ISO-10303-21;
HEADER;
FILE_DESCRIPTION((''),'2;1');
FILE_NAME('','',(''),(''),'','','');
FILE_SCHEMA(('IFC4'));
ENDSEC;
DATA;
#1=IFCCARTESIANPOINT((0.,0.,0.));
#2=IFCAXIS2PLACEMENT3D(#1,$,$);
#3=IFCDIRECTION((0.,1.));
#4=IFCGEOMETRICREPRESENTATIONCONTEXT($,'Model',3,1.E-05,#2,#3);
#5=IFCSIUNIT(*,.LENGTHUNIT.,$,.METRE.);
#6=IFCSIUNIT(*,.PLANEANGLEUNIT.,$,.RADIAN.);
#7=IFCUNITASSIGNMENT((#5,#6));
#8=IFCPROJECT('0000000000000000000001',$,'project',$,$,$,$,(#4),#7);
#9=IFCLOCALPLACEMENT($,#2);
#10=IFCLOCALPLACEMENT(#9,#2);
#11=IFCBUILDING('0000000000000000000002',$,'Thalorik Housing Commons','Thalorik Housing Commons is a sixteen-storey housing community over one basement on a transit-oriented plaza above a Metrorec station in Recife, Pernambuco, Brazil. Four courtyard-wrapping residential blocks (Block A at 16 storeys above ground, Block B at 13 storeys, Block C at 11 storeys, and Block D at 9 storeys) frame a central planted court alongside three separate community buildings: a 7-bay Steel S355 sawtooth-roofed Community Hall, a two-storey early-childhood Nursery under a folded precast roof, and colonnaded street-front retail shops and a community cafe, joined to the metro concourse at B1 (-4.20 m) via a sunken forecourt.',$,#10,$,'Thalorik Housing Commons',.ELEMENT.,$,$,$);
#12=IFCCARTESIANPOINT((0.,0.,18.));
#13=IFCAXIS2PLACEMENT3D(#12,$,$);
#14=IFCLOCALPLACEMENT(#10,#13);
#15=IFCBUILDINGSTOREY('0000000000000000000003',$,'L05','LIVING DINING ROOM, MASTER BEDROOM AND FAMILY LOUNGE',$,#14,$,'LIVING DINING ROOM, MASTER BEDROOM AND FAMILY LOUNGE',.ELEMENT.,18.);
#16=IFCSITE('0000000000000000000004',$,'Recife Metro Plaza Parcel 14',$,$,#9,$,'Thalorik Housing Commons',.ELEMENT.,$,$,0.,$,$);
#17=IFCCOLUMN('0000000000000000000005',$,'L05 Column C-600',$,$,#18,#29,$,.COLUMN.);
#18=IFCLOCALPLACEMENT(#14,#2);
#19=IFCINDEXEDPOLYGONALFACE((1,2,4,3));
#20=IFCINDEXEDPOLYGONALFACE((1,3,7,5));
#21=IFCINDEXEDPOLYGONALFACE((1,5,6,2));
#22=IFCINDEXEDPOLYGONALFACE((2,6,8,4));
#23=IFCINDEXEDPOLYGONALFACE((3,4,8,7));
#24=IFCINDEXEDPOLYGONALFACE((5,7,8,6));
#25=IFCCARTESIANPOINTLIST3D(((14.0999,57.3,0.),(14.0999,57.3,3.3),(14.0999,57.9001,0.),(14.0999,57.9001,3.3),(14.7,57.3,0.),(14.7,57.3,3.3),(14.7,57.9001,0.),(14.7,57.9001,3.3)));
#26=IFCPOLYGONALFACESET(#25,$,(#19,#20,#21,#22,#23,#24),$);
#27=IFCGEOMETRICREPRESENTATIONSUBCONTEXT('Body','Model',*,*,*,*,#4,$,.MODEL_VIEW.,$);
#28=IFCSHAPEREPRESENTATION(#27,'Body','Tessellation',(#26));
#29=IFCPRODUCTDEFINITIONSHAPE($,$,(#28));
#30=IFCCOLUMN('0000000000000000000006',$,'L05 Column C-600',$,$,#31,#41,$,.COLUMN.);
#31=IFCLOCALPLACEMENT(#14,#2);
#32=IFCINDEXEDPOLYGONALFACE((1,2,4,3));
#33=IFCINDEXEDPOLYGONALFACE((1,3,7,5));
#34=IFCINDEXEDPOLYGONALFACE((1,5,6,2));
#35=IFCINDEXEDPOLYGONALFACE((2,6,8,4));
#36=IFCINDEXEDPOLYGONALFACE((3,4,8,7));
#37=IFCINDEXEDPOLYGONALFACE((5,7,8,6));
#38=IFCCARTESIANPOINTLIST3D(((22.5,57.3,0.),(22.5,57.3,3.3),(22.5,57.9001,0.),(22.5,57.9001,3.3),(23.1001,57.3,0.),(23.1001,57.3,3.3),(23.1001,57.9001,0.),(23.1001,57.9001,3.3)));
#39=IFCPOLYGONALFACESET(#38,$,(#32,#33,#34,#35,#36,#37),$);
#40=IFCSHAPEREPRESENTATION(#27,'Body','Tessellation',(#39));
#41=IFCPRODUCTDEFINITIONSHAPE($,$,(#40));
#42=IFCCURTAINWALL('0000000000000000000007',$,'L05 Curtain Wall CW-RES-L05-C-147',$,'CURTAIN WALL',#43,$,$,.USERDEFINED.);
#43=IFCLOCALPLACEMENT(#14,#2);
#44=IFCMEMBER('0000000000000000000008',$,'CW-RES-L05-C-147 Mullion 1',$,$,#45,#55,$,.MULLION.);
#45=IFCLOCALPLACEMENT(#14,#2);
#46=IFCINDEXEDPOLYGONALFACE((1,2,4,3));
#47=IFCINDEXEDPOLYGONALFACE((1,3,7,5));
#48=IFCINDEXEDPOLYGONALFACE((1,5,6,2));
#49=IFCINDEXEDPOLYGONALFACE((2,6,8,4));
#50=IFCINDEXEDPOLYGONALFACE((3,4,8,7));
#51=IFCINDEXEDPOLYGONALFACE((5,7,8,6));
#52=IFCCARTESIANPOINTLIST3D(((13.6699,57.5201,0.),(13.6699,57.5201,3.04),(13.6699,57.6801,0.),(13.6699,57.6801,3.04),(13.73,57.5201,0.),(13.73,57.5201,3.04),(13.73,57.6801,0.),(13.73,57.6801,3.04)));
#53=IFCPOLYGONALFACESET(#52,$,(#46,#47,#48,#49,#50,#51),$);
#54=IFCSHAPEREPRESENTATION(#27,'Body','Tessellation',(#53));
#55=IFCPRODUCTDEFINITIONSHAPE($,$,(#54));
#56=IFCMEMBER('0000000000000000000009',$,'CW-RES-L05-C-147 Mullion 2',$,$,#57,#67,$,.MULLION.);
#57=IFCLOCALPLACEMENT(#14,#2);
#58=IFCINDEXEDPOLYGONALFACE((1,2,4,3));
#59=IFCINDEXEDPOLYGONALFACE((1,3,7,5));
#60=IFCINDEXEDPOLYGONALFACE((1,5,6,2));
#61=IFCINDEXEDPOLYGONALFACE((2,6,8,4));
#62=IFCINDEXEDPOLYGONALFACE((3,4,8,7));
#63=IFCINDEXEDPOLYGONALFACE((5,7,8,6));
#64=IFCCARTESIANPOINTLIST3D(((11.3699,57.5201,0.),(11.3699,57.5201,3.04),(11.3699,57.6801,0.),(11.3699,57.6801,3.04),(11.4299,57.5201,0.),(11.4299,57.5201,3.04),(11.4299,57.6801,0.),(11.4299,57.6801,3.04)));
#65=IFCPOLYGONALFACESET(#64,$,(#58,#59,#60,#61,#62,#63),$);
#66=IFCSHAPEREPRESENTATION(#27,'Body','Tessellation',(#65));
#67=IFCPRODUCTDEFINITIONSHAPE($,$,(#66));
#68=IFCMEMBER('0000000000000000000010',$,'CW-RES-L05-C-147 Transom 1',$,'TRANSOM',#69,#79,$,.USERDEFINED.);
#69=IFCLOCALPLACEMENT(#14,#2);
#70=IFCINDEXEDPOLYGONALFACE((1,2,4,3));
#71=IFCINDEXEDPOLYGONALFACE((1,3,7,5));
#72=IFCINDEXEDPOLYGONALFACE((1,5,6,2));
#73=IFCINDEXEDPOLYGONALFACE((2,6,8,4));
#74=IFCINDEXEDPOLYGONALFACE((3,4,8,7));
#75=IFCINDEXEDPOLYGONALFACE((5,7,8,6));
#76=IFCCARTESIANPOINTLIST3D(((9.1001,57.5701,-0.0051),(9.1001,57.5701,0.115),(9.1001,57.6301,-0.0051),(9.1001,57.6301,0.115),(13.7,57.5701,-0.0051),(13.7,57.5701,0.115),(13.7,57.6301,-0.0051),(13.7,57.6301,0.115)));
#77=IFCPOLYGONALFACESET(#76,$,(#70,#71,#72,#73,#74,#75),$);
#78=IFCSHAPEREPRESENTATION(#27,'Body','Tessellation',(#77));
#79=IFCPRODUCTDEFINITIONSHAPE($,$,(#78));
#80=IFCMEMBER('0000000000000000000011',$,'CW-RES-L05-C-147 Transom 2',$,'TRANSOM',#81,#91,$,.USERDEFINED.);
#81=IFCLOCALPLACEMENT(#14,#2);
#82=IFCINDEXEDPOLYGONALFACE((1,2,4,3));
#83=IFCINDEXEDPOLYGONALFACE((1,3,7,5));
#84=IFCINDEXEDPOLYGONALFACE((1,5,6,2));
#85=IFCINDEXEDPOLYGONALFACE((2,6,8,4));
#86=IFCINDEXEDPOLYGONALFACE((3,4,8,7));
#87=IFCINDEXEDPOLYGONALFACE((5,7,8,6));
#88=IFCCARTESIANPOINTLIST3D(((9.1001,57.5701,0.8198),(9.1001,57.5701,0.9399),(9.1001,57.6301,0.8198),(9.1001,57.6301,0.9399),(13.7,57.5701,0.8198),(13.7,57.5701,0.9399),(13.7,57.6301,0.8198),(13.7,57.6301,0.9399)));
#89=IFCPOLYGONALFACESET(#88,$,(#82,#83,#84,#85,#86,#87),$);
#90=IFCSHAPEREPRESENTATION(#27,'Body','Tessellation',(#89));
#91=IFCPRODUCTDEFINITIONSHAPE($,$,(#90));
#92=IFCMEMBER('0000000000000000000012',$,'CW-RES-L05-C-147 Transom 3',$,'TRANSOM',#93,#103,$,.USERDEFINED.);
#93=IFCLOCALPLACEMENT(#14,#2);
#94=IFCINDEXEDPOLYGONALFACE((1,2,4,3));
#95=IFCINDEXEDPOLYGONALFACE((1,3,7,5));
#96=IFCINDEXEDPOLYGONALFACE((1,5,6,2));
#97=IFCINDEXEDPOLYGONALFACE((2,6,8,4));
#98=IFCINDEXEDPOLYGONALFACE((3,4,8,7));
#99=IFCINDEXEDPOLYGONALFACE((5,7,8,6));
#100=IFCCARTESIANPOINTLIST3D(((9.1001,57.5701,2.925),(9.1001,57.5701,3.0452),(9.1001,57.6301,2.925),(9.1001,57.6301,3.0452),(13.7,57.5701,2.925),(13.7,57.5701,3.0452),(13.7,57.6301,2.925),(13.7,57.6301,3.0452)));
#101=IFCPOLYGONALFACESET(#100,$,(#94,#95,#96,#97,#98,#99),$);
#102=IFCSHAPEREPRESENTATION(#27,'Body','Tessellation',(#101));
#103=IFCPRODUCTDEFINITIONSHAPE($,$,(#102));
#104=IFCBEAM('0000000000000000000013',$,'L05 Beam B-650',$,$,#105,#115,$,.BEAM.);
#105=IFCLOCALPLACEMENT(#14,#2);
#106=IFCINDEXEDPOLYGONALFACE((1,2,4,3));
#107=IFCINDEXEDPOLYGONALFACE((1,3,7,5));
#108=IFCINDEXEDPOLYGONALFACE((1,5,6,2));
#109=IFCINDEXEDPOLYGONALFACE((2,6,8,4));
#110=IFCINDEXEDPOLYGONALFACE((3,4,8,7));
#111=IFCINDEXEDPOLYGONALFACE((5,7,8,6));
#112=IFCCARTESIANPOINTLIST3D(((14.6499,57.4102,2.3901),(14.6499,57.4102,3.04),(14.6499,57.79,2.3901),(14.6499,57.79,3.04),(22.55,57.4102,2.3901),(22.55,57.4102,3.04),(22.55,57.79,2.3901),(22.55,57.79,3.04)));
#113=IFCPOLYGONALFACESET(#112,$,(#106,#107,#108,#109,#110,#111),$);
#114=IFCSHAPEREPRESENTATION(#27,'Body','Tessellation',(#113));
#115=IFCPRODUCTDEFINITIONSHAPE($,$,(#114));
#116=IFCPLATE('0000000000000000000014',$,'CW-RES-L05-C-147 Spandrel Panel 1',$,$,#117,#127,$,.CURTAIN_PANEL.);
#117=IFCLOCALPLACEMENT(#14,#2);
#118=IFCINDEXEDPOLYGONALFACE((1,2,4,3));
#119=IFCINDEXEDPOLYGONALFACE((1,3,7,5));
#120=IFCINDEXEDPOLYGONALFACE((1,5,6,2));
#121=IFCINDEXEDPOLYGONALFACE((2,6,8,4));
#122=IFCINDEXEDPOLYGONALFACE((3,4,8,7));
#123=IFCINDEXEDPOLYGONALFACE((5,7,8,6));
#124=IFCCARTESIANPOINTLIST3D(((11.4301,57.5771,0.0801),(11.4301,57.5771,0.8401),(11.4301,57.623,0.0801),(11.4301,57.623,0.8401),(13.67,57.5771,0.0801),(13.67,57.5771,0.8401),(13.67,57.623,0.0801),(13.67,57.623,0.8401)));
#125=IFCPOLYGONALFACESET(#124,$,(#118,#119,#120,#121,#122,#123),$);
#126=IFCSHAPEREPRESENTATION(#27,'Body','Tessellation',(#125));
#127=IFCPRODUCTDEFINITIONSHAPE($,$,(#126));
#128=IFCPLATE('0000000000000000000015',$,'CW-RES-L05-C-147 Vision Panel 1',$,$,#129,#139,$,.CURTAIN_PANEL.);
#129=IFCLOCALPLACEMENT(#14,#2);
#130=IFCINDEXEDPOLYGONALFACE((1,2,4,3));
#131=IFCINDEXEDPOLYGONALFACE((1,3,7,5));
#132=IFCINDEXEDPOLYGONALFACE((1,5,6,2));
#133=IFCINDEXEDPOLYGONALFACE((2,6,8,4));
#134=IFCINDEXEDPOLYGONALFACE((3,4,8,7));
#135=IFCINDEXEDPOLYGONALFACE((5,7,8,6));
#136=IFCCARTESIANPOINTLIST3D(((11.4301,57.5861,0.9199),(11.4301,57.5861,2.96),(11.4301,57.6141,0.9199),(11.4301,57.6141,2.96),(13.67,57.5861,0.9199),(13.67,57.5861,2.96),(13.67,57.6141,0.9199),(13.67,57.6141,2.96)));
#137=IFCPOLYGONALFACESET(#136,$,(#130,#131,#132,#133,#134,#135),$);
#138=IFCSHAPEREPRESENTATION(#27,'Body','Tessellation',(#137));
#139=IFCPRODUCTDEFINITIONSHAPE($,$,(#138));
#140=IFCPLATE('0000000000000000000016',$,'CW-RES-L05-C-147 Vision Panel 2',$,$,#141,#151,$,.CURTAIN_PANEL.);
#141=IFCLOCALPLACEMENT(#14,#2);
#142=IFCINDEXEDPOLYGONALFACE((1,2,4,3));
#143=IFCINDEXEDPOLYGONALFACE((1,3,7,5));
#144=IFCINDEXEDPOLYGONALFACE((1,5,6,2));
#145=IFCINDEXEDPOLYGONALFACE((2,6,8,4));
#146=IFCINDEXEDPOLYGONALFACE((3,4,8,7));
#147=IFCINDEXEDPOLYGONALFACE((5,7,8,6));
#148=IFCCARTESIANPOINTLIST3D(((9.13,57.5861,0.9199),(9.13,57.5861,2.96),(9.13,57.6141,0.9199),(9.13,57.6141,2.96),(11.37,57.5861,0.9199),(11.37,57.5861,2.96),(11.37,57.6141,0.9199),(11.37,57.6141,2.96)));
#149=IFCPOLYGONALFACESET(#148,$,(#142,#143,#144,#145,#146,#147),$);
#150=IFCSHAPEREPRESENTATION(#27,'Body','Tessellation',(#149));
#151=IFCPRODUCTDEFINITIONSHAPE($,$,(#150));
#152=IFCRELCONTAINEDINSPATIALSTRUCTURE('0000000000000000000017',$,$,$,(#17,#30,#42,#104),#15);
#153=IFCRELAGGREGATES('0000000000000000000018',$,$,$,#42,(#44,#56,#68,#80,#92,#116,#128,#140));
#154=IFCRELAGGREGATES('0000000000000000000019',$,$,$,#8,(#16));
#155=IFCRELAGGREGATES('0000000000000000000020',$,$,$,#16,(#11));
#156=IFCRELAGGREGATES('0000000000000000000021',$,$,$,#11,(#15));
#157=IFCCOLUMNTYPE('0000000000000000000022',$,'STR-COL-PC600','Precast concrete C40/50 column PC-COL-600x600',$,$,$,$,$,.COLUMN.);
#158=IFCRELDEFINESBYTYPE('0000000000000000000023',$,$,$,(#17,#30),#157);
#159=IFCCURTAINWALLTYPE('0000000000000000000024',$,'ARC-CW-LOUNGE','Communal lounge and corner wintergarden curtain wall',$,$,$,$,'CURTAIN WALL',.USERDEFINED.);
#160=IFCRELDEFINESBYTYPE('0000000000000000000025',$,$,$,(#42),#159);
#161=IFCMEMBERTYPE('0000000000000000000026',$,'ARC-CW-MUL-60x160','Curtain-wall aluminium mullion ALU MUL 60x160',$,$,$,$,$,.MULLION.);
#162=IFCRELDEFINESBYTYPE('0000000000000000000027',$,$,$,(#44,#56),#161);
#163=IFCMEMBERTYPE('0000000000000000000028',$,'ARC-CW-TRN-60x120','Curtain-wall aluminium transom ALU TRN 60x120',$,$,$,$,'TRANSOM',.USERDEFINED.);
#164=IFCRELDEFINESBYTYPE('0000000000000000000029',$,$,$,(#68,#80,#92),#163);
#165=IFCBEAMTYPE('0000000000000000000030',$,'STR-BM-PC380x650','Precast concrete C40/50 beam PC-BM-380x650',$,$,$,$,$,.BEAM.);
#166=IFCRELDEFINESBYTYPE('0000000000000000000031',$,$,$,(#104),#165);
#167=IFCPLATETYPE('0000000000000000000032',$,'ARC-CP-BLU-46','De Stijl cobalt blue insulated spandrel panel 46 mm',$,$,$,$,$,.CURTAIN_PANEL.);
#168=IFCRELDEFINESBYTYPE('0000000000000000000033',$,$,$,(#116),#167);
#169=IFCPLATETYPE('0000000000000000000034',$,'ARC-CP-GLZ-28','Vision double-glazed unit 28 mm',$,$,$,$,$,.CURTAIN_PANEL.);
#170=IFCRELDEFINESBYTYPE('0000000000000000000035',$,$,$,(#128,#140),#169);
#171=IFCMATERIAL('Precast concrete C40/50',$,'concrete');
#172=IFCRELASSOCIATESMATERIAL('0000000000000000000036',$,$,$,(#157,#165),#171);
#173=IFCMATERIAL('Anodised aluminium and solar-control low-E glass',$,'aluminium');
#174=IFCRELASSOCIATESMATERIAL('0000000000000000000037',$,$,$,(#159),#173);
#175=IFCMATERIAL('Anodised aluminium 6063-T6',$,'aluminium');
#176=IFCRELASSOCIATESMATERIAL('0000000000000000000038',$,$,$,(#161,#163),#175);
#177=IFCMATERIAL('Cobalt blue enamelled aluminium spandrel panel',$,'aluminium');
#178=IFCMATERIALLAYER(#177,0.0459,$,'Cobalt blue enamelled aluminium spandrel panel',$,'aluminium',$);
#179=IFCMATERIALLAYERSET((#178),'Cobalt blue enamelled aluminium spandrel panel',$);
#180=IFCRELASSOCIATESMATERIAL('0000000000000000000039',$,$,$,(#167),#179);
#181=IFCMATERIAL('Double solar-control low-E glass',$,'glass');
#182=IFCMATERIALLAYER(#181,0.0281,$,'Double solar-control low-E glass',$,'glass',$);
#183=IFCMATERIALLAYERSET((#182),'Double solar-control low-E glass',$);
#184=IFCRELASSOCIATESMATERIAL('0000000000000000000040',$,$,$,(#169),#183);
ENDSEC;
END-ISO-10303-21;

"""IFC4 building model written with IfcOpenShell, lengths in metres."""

from ifc_helpers import new_model, si_unit, direction, frame, origin, origin_2d, place, context, subcontext, project, spatial, rectangle, extrude, material, layer, layer_set, material_profile, profile_set, type_object, element, aggregate, save


model = new_model("IFC4")

# Units and contexts
model_context = context("Model", 3, precision=1e-05, world=origin(), true_north=direction((0.0, 1.0)))
body_context = subcontext(model_context, "Body", "Model", "MODEL_VIEW")
ifc_project = project(units=[si_unit("LENGTHUNIT", "METRE"), si_unit("PLANEANGLEUNIT", "RADIAN")], contexts=[model_context])

# Site, building, storey
site_placement = place(None, origin())
site = spatial("IfcSite", under=ifc_project, at=site_placement, Name="Recife Metro Plaza Parcel 14", LongName="Thalorik Housing Commons", CompositionType="ELEMENT", RefElevation=0.0)
building_placement = place(site_placement, origin())
building = spatial("IfcBuilding", under=site, at=building_placement, Name="Thalorik Housing Commons", Description="Thalorik Housing Commons is a sixteen-storey housing community over one basement on a transit-oriented plaza above a Metrorec station in Recife, Pernambuco, Brazil. Four courtyard-wrapping residential blocks (Block A at 16 storeys above ground, Block B at 13 storeys, Block C at 11 storeys, and Block D at 9 storeys) frame a central planted court alongside three separate community buildings: a 7-bay Steel S355 sawtooth-roofed Community Hall, a two-storey early-childhood Nursery under a folded precast roof, and colonnaded street-front retail shops and a community cafe, joined to the metro concourse at B1 (-4.20 m) via a sunken forecourt.", LongName="Thalorik Housing Commons", CompositionType="ELEMENT")
storey_placement = place(building_placement, frame((0.0, 0.0, 18.0)))
storey = spatial("IfcBuildingStorey", under=building, at=storey_placement, Name="L05", Description="LIVING DINING ROOM, MASTER BEDROOM AND FAMILY LOUNGE", LongName="LIVING DINING ROOM, MASTER BEDROOM AND FAMILY LOUNGE", CompositionType="ELEMENT", Elevation=18.0)

# Columns
ifc_material_1 = material(Name="Precast concrete C40/50", Category="concrete")
ifc_material_profile_1 = material_profile(ifc_material_1, rectangle(XDim=0.6001, YDim=0.6001, at=origin_2d()), Name="PC 600x600", Category="concrete")
ifc_profile_set_1 = profile_set([ifc_material_profile_1], Name="Precast concrete C40/50")
column_type = type_object("IfcColumnType", Name="STR-COL-PC600", Description="Precast concrete C40/50 column PC-COL-600x600", PredefinedType="COLUMN", material=ifc_profile_set_1)
for number, where, z_axis, x_axis, name in (
    (1, (14.3999, 57.6001, 0.0), (0.0, 0.0, 1.0), (1.0, 0.0, 0.0), "L05 Column C-600"),
    (2, (22.8, 57.6001, 0.0), (0.0, 0.0, 1.0), (1.0, 0.0, 0.0), "L05 Column C-600"),
):
    element("IfcColumn", number, at=place(storey_placement, frame(where, z_axis=z_axis, x_axis=x_axis)), inside=storey, type_object=column_type, Name=name, PredefinedType="COLUMN", context=body_context, shape_type="SweptSolid", body=[
        extrude(rectangle(XDim=0.6001, YDim=0.6001, at=origin_2d()), origin(), (0.0, 0.0, 1.0), 3.3),
    ])

# Curtain wall, members
ifc_material_2 = material(Name="Anodised aluminium and solar-control low-E glass", Category="aluminium")
curtain_wall_type = type_object("IfcCurtainWallType", Name="ARC-CW-LOUNGE", Description="Communal lounge and corner wintergarden curtain wall", ElementType="CURTAIN WALL", PredefinedType="USERDEFINED", material=ifc_material_2)
curtain_wall_placement = place(storey_placement, origin())
curtain_wall = element("IfcCurtainWall", 3, at=curtain_wall_placement, inside=storey, type_object=curtain_wall_type, Name="L05 Curtain Wall CW-RES-L05-C-147", ObjectType="CURTAIN WALL", PredefinedType="USERDEFINED")
ifc_material_3 = material(Name="Anodised aluminium 6063-T6", Category="aluminium")
ifc_material_profile_2 = material_profile(ifc_material_3, rectangle(XDim=0.0601, YDim=0.1599, at=origin_2d()), Name="ALU MUL 60x160", Category="aluminium")
ifc_profile_set_2 = profile_set([ifc_material_profile_2], Name="Anodised aluminium 6063-T6")
member_type_1 = type_object("IfcMemberType", Name="ARC-CW-MUL-60x160", Description="Curtain-wall aluminium mullion ALU MUL 60x160", PredefinedType="MULLION", material=ifc_profile_set_2)
member_1_placement = place(storey_placement, frame((13.7, 57.6001, 0.0), z_axis=(0.0, 0.0, 1.0), x_axis=(-1.0, 0.0, 0.0)))
member_1 = element("IfcMember", 4, at=member_1_placement, type_object=member_type_1, Name="CW-RES-L05-C-147 Mullion 1", PredefinedType="MULLION", context=body_context, shape_type="SweptSolid", body=[
    extrude(rectangle(XDim=0.0601, YDim=0.1599, at=origin_2d()), origin(), (0.0, 0.0, 1.0), 3.04),
])
member_2_placement = place(storey_placement, frame((11.3999, 57.6001, 0.0), z_axis=(0.0, 0.0, 1.0), x_axis=(-1.0, 0.0, 0.0)))
member_2 = element("IfcMember", 5, at=member_2_placement, type_object=member_type_1, Name="CW-RES-L05-C-147 Mullion 2", PredefinedType="MULLION", context=body_context, shape_type="SweptSolid", body=[
    extrude(rectangle(XDim=0.0601, YDim=0.1599, at=origin_2d()), origin(), (0.0, 0.0, 1.0), 3.04),
])
ifc_material_profile_3 = material_profile(ifc_material_3, rectangle(XDim=0.0601, YDim=0.1201, at=origin_2d()), Name="ALU TRN 60x120", Category="aluminium")
ifc_profile_set_3 = profile_set([ifc_material_profile_3], Name="Anodised aluminium 6063-T6")
member_type_2 = type_object("IfcMemberType", Name="ARC-CW-TRN-60x120", Description="Curtain-wall aluminium transom ALU TRN 60x120", ElementType="TRANSOM", PredefinedType="USERDEFINED", material=ifc_profile_set_3)
member_3_placement = place(storey_placement, frame((13.7, 57.6001, 0.0549), z_axis=(-1.0, 0.0, 0.0), x_axis=(0.0, -1.0, 0.0)))
member_3 = element("IfcMember", 6, at=member_3_placement, type_object=member_type_2, Name="CW-RES-L05-C-147 Transom 1", ObjectType="TRANSOM", PredefinedType="USERDEFINED", context=body_context, shape_type="SweptSolid", body=[
    extrude(rectangle(XDim=0.0601, YDim=0.1201, at=origin_2d()), origin(), (0.0, 0.0, 1.0), 4.5999),
])
member_4_placement = place(storey_placement, frame((13.7, 57.6001, 0.8799), z_axis=(-1.0, 0.0, 0.0), x_axis=(0.0, -1.0, 0.0)))
member_4 = element("IfcMember", 7, at=member_4_placement, type_object=member_type_2, Name="CW-RES-L05-C-147 Transom 2", ObjectType="TRANSOM", PredefinedType="USERDEFINED", context=body_context, shape_type="SweptSolid", body=[
    extrude(rectangle(XDim=0.0601, YDim=0.1201, at=origin_2d()), origin(), (0.0, 0.0, 1.0), 4.5999),
])
member_5_placement = place(storey_placement, frame((13.7, 57.6001, 2.9851), z_axis=(-1.0, 0.0, 0.0), x_axis=(0.0, -1.0, 0.0)))
member_5 = element("IfcMember", 8, at=member_5_placement, type_object=member_type_2, Name="CW-RES-L05-C-147 Transom 3", ObjectType="TRANSOM", PredefinedType="USERDEFINED", context=body_context, shape_type="SweptSolid", body=[
    extrude(rectangle(XDim=0.0601, YDim=0.1201, at=origin_2d()), origin(), (0.0, 0.0, 1.0), 4.5999),
])

# Beam
ifc_material_profile_4 = material_profile(ifc_material_1, rectangle(XDim=0.3799, YDim=0.6499, at=origin_2d()), Name="PC 380x650", Category="concrete")
ifc_profile_set_4 = profile_set([ifc_material_profile_4], Name="Precast concrete C40/50")
beam_type = type_object("IfcBeamType", Name="STR-BM-PC380x650", Description="Precast concrete C40/50 beam PC-BM-380x650", PredefinedType="BEAM", material=ifc_profile_set_4)
beam_placement = place(storey_placement, frame((14.6499, 57.6001, 2.7151), z_axis=(1.0, 0.0, 0.0), x_axis=(0.0, 1.0, 0.0)))
element("IfcBeam", 9, at=beam_placement, inside=storey, type_object=beam_type, Name="L05 Beam B-650", PredefinedType="BEAM", context=body_context, shape_type="SweptSolid", body=[
    extrude(rectangle(XDim=0.3799, YDim=0.6499, at=origin_2d()), origin(), (0.0, 0.0, 1.0), 7.9001),
])

# Plates
ifc_material_4 = material(Name="Cobalt blue enamelled aluminium spandrel panel", Category="aluminium")
ifc_layer_1 = layer(ifc_material_4, 0.0459, Name="Cobalt blue enamelled aluminium spandrel panel", Category="aluminium")
ifc_layer_set_1 = layer_set([ifc_layer_1], Name="Cobalt blue enamelled aluminium spandrel panel")
plate_type_1 = type_object("IfcPlateType", Name="ARC-CP-BLU-46", Description="De Stijl cobalt blue insulated spandrel panel 46 mm", PredefinedType="CURTAIN_PANEL", material=ifc_layer_set_1)
plate_1_placement = place(storey_placement, frame((12.55, 57.6001, 0.0801), z_axis=(0.0, 0.0, 1.0), x_axis=(-1.0, 0.0, 0.0)))
plate_1 = element("IfcPlate", 10, at=plate_1_placement, type_object=plate_type_1, Name="CW-RES-L05-C-147 Spandrel Panel 1", PredefinedType="CURTAIN_PANEL", context=body_context, shape_type="SweptSolid", body=[
    extrude(rectangle(XDim=2.24, YDim=0.0459, at=origin_2d()), origin(), (0.0, 0.0, 1.0), 0.76),
])
ifc_material_5 = material(Name="Double solar-control low-E glass", Category="glass")
ifc_layer_2 = layer(ifc_material_5, 0.0281, Name="Double solar-control low-E glass", Category="glass")
ifc_layer_set_2 = layer_set([ifc_layer_2], Name="Double solar-control low-E glass")
plate_type_2 = type_object("IfcPlateType", Name="ARC-CP-GLZ-28", Description="Vision double-glazed unit 28 mm", PredefinedType="CURTAIN_PANEL", material=ifc_layer_set_2)
plate_2_placement = place(storey_placement, frame((12.55, 57.6001, 0.9199), z_axis=(0.0, 0.0, 1.0), x_axis=(-1.0, 0.0, 0.0)))
plate_2 = element("IfcPlate", 11, at=plate_2_placement, type_object=plate_type_2, Name="CW-RES-L05-C-147 Vision Panel 1", PredefinedType="CURTAIN_PANEL", context=body_context, shape_type="SweptSolid", body=[
    extrude(rectangle(XDim=2.24, YDim=0.0281, at=origin_2d()), origin(), (0.0, 0.0, 1.0), 2.04),
])
plate_3_placement = place(storey_placement, frame((10.25, 57.6001, 0.9199), z_axis=(0.0, 0.0, 1.0), x_axis=(-1.0, 0.0, 0.0)))
plate_3 = element("IfcPlate", 12, at=plate_3_placement, type_object=plate_type_2, Name="CW-RES-L05-C-147 Vision Panel 2", PredefinedType="CURTAIN_PANEL", context=body_context, shape_type="SweptSolid", body=[
    extrude(rectangle(XDim=2.24, YDim=0.0281, at=origin_2d()), origin(), (0.0, 0.0, 1.0), 2.04),
])
aggregate(curtain_wall, [member_1, member_2, member_3, member_4, member_5, plate_1, plate_2, plate_3])

save(model, "model.ifc")
